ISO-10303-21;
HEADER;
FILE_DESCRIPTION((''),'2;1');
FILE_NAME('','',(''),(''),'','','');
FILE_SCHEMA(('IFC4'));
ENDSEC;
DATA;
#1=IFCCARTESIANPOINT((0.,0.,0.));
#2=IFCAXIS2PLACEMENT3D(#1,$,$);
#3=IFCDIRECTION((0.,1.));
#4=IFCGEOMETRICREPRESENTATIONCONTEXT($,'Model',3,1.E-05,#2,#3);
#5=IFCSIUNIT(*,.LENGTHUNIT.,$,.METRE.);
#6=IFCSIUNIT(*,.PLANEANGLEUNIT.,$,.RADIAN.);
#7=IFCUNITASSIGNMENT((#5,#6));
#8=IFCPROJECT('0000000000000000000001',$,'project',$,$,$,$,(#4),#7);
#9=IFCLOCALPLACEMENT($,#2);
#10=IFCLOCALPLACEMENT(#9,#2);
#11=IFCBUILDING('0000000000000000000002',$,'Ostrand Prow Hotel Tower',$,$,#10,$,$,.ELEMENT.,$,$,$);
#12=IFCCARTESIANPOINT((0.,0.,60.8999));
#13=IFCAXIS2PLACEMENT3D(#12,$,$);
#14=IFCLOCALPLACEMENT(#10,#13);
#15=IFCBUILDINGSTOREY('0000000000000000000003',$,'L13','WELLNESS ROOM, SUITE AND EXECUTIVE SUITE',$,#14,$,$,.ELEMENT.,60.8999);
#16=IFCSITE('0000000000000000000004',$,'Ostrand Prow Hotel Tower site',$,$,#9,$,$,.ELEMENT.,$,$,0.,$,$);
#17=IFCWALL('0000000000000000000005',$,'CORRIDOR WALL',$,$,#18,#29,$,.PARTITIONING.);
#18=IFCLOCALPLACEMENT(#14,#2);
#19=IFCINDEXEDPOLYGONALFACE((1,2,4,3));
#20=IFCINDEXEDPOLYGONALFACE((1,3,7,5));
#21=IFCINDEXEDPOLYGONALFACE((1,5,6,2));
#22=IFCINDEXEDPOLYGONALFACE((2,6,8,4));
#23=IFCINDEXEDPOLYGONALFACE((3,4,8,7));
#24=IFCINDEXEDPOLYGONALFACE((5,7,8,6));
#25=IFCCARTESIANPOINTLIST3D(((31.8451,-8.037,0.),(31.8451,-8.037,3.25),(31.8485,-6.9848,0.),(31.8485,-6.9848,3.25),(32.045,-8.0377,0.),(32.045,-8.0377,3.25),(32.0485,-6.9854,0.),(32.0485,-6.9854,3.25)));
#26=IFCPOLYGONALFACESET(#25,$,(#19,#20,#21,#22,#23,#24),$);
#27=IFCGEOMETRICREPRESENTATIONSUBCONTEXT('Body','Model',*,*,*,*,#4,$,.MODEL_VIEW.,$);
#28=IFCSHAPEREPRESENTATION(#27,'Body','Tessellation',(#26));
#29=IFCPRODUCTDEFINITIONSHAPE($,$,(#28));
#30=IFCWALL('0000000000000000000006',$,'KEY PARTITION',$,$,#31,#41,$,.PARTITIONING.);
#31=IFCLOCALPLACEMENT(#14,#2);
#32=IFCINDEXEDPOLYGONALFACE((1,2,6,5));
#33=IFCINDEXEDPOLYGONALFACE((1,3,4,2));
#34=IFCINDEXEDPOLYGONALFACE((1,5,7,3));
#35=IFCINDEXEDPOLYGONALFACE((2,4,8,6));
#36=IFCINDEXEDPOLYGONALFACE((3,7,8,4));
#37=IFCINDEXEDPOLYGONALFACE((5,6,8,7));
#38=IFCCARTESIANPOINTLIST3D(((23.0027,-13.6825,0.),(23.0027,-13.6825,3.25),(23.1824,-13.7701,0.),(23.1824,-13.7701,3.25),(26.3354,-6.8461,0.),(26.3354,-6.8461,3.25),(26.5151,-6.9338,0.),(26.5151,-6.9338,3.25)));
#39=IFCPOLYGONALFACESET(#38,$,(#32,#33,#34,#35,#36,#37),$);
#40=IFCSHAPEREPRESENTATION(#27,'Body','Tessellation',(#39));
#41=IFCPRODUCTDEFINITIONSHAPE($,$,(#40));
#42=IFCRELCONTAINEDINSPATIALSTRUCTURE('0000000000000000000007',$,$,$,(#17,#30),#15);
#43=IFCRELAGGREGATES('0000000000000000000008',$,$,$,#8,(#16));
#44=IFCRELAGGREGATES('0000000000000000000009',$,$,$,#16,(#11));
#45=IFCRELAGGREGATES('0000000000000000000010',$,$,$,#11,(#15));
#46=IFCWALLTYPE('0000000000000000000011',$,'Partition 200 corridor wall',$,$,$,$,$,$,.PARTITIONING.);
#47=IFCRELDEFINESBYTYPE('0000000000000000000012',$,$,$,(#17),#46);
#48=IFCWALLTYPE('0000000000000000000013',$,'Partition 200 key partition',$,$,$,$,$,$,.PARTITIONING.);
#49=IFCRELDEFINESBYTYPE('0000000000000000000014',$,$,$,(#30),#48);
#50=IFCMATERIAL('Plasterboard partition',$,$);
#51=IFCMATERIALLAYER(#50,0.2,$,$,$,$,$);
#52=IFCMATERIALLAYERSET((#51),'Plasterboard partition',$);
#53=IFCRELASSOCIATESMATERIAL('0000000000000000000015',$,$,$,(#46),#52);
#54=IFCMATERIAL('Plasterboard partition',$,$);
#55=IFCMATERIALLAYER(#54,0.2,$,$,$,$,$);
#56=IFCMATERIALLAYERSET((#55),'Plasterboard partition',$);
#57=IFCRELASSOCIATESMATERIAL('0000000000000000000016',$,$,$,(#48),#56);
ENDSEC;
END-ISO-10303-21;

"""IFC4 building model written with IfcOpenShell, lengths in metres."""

from ifc_helpers import new_model, si_unit, direction, frame, frame_2d, origin, place, context, subcontext, project, spatial, rectangle, extrude, material, layer, layer_set, type_object, element, save


model = new_model("IFC4")

# Units and contexts
model_context = context("Model", 3, precision=1e-05, world=origin(), true_north=direction((0.0, 1.0)))
body_context = subcontext(model_context, "Body", "Model", "MODEL_VIEW")
ifc_project = project(units=[si_unit("LENGTHUNIT", "METRE"), si_unit("PLANEANGLEUNIT", "RADIAN")], contexts=[model_context])

# Site, building, storey
site_placement = place(None, origin())
site = spatial("IfcSite", under=ifc_project, at=site_placement, Name="Ostrand Prow Hotel Tower site", CompositionType="ELEMENT", RefElevation=0.0)
building_placement = place(site_placement, origin())
building = spatial("IfcBuilding", under=site, at=building_placement, Name="Ostrand Prow Hotel Tower", CompositionType="ELEMENT")
storey_placement = place(building_placement, frame((0.0, 0.0, 60.8999)))
storey = spatial("IfcBuildingStorey", under=building, at=storey_placement, Name="L13", Description="WELLNESS ROOM, SUITE AND EXECUTIVE SUITE", CompositionType="ELEMENT", Elevation=60.8999)

# Shared definitions
ifc_material_1 = material(Name="Plasterboard partition")
ifc_layer_1 = layer(ifc_material_1, 0.2)
ifc_layer_set_1 = layer_set([ifc_layer_1], Name="Plasterboard partition")
wall_type_1 = type_object("IfcWallType", Name="Partition 200 corridor wall", PredefinedType="PARTITIONING", material=ifc_layer_set_1)

# Walls
wall_1_placement = place(storey_placement, frame((31.9485, -6.9851, 0.0), z_axis=(0.0, 0.0, 1.0), x_axis=(-0.003248, -0.999995, 0.0)))
element("IfcWall", 1, at=wall_1_placement, inside=storey, type_object=wall_type_1, Name="CORRIDOR WALL", PredefinedType="PARTITIONING", context=body_context, shape_type="SweptSolid", body=[
    extrude(rectangle(XDim=1.0522, YDim=0.2, at=frame_2d((0.5261, 0.0))), origin(), (0.0, 0.0, 1.0), 3.25),
])
ifc_material_2 = material(Name="Plasterboard partition")
ifc_layer_2 = layer(ifc_material_2, 0.2)
ifc_layer_set_2 = layer_set([ifc_layer_2], Name="Plasterboard partition")
wall_type_2 = type_object("IfcWallType", Name="Partition 200 key partition", PredefinedType="PARTITIONING", material=ifc_layer_set_2)
wall_2_placement = place(storey_placement, frame((23.0925, -13.7263, 0.0), z_axis=(0.0, 0.0, 1.0), x_axis=(0.438203, 0.898876, 0.0)))
element("IfcWall", 2, at=wall_2_placement, inside=storey, type_object=wall_type_2, Name="KEY PARTITION", PredefinedType="PARTITIONING", context=body_context, shape_type="SweptSolid", body=[
    extrude(rectangle(XDim=7.6055, YDim=0.2, at=frame_2d((3.8027, 0.0))), origin(), (0.0, 0.0, 1.0), 3.25),
])

save(model, "model.ifc")
